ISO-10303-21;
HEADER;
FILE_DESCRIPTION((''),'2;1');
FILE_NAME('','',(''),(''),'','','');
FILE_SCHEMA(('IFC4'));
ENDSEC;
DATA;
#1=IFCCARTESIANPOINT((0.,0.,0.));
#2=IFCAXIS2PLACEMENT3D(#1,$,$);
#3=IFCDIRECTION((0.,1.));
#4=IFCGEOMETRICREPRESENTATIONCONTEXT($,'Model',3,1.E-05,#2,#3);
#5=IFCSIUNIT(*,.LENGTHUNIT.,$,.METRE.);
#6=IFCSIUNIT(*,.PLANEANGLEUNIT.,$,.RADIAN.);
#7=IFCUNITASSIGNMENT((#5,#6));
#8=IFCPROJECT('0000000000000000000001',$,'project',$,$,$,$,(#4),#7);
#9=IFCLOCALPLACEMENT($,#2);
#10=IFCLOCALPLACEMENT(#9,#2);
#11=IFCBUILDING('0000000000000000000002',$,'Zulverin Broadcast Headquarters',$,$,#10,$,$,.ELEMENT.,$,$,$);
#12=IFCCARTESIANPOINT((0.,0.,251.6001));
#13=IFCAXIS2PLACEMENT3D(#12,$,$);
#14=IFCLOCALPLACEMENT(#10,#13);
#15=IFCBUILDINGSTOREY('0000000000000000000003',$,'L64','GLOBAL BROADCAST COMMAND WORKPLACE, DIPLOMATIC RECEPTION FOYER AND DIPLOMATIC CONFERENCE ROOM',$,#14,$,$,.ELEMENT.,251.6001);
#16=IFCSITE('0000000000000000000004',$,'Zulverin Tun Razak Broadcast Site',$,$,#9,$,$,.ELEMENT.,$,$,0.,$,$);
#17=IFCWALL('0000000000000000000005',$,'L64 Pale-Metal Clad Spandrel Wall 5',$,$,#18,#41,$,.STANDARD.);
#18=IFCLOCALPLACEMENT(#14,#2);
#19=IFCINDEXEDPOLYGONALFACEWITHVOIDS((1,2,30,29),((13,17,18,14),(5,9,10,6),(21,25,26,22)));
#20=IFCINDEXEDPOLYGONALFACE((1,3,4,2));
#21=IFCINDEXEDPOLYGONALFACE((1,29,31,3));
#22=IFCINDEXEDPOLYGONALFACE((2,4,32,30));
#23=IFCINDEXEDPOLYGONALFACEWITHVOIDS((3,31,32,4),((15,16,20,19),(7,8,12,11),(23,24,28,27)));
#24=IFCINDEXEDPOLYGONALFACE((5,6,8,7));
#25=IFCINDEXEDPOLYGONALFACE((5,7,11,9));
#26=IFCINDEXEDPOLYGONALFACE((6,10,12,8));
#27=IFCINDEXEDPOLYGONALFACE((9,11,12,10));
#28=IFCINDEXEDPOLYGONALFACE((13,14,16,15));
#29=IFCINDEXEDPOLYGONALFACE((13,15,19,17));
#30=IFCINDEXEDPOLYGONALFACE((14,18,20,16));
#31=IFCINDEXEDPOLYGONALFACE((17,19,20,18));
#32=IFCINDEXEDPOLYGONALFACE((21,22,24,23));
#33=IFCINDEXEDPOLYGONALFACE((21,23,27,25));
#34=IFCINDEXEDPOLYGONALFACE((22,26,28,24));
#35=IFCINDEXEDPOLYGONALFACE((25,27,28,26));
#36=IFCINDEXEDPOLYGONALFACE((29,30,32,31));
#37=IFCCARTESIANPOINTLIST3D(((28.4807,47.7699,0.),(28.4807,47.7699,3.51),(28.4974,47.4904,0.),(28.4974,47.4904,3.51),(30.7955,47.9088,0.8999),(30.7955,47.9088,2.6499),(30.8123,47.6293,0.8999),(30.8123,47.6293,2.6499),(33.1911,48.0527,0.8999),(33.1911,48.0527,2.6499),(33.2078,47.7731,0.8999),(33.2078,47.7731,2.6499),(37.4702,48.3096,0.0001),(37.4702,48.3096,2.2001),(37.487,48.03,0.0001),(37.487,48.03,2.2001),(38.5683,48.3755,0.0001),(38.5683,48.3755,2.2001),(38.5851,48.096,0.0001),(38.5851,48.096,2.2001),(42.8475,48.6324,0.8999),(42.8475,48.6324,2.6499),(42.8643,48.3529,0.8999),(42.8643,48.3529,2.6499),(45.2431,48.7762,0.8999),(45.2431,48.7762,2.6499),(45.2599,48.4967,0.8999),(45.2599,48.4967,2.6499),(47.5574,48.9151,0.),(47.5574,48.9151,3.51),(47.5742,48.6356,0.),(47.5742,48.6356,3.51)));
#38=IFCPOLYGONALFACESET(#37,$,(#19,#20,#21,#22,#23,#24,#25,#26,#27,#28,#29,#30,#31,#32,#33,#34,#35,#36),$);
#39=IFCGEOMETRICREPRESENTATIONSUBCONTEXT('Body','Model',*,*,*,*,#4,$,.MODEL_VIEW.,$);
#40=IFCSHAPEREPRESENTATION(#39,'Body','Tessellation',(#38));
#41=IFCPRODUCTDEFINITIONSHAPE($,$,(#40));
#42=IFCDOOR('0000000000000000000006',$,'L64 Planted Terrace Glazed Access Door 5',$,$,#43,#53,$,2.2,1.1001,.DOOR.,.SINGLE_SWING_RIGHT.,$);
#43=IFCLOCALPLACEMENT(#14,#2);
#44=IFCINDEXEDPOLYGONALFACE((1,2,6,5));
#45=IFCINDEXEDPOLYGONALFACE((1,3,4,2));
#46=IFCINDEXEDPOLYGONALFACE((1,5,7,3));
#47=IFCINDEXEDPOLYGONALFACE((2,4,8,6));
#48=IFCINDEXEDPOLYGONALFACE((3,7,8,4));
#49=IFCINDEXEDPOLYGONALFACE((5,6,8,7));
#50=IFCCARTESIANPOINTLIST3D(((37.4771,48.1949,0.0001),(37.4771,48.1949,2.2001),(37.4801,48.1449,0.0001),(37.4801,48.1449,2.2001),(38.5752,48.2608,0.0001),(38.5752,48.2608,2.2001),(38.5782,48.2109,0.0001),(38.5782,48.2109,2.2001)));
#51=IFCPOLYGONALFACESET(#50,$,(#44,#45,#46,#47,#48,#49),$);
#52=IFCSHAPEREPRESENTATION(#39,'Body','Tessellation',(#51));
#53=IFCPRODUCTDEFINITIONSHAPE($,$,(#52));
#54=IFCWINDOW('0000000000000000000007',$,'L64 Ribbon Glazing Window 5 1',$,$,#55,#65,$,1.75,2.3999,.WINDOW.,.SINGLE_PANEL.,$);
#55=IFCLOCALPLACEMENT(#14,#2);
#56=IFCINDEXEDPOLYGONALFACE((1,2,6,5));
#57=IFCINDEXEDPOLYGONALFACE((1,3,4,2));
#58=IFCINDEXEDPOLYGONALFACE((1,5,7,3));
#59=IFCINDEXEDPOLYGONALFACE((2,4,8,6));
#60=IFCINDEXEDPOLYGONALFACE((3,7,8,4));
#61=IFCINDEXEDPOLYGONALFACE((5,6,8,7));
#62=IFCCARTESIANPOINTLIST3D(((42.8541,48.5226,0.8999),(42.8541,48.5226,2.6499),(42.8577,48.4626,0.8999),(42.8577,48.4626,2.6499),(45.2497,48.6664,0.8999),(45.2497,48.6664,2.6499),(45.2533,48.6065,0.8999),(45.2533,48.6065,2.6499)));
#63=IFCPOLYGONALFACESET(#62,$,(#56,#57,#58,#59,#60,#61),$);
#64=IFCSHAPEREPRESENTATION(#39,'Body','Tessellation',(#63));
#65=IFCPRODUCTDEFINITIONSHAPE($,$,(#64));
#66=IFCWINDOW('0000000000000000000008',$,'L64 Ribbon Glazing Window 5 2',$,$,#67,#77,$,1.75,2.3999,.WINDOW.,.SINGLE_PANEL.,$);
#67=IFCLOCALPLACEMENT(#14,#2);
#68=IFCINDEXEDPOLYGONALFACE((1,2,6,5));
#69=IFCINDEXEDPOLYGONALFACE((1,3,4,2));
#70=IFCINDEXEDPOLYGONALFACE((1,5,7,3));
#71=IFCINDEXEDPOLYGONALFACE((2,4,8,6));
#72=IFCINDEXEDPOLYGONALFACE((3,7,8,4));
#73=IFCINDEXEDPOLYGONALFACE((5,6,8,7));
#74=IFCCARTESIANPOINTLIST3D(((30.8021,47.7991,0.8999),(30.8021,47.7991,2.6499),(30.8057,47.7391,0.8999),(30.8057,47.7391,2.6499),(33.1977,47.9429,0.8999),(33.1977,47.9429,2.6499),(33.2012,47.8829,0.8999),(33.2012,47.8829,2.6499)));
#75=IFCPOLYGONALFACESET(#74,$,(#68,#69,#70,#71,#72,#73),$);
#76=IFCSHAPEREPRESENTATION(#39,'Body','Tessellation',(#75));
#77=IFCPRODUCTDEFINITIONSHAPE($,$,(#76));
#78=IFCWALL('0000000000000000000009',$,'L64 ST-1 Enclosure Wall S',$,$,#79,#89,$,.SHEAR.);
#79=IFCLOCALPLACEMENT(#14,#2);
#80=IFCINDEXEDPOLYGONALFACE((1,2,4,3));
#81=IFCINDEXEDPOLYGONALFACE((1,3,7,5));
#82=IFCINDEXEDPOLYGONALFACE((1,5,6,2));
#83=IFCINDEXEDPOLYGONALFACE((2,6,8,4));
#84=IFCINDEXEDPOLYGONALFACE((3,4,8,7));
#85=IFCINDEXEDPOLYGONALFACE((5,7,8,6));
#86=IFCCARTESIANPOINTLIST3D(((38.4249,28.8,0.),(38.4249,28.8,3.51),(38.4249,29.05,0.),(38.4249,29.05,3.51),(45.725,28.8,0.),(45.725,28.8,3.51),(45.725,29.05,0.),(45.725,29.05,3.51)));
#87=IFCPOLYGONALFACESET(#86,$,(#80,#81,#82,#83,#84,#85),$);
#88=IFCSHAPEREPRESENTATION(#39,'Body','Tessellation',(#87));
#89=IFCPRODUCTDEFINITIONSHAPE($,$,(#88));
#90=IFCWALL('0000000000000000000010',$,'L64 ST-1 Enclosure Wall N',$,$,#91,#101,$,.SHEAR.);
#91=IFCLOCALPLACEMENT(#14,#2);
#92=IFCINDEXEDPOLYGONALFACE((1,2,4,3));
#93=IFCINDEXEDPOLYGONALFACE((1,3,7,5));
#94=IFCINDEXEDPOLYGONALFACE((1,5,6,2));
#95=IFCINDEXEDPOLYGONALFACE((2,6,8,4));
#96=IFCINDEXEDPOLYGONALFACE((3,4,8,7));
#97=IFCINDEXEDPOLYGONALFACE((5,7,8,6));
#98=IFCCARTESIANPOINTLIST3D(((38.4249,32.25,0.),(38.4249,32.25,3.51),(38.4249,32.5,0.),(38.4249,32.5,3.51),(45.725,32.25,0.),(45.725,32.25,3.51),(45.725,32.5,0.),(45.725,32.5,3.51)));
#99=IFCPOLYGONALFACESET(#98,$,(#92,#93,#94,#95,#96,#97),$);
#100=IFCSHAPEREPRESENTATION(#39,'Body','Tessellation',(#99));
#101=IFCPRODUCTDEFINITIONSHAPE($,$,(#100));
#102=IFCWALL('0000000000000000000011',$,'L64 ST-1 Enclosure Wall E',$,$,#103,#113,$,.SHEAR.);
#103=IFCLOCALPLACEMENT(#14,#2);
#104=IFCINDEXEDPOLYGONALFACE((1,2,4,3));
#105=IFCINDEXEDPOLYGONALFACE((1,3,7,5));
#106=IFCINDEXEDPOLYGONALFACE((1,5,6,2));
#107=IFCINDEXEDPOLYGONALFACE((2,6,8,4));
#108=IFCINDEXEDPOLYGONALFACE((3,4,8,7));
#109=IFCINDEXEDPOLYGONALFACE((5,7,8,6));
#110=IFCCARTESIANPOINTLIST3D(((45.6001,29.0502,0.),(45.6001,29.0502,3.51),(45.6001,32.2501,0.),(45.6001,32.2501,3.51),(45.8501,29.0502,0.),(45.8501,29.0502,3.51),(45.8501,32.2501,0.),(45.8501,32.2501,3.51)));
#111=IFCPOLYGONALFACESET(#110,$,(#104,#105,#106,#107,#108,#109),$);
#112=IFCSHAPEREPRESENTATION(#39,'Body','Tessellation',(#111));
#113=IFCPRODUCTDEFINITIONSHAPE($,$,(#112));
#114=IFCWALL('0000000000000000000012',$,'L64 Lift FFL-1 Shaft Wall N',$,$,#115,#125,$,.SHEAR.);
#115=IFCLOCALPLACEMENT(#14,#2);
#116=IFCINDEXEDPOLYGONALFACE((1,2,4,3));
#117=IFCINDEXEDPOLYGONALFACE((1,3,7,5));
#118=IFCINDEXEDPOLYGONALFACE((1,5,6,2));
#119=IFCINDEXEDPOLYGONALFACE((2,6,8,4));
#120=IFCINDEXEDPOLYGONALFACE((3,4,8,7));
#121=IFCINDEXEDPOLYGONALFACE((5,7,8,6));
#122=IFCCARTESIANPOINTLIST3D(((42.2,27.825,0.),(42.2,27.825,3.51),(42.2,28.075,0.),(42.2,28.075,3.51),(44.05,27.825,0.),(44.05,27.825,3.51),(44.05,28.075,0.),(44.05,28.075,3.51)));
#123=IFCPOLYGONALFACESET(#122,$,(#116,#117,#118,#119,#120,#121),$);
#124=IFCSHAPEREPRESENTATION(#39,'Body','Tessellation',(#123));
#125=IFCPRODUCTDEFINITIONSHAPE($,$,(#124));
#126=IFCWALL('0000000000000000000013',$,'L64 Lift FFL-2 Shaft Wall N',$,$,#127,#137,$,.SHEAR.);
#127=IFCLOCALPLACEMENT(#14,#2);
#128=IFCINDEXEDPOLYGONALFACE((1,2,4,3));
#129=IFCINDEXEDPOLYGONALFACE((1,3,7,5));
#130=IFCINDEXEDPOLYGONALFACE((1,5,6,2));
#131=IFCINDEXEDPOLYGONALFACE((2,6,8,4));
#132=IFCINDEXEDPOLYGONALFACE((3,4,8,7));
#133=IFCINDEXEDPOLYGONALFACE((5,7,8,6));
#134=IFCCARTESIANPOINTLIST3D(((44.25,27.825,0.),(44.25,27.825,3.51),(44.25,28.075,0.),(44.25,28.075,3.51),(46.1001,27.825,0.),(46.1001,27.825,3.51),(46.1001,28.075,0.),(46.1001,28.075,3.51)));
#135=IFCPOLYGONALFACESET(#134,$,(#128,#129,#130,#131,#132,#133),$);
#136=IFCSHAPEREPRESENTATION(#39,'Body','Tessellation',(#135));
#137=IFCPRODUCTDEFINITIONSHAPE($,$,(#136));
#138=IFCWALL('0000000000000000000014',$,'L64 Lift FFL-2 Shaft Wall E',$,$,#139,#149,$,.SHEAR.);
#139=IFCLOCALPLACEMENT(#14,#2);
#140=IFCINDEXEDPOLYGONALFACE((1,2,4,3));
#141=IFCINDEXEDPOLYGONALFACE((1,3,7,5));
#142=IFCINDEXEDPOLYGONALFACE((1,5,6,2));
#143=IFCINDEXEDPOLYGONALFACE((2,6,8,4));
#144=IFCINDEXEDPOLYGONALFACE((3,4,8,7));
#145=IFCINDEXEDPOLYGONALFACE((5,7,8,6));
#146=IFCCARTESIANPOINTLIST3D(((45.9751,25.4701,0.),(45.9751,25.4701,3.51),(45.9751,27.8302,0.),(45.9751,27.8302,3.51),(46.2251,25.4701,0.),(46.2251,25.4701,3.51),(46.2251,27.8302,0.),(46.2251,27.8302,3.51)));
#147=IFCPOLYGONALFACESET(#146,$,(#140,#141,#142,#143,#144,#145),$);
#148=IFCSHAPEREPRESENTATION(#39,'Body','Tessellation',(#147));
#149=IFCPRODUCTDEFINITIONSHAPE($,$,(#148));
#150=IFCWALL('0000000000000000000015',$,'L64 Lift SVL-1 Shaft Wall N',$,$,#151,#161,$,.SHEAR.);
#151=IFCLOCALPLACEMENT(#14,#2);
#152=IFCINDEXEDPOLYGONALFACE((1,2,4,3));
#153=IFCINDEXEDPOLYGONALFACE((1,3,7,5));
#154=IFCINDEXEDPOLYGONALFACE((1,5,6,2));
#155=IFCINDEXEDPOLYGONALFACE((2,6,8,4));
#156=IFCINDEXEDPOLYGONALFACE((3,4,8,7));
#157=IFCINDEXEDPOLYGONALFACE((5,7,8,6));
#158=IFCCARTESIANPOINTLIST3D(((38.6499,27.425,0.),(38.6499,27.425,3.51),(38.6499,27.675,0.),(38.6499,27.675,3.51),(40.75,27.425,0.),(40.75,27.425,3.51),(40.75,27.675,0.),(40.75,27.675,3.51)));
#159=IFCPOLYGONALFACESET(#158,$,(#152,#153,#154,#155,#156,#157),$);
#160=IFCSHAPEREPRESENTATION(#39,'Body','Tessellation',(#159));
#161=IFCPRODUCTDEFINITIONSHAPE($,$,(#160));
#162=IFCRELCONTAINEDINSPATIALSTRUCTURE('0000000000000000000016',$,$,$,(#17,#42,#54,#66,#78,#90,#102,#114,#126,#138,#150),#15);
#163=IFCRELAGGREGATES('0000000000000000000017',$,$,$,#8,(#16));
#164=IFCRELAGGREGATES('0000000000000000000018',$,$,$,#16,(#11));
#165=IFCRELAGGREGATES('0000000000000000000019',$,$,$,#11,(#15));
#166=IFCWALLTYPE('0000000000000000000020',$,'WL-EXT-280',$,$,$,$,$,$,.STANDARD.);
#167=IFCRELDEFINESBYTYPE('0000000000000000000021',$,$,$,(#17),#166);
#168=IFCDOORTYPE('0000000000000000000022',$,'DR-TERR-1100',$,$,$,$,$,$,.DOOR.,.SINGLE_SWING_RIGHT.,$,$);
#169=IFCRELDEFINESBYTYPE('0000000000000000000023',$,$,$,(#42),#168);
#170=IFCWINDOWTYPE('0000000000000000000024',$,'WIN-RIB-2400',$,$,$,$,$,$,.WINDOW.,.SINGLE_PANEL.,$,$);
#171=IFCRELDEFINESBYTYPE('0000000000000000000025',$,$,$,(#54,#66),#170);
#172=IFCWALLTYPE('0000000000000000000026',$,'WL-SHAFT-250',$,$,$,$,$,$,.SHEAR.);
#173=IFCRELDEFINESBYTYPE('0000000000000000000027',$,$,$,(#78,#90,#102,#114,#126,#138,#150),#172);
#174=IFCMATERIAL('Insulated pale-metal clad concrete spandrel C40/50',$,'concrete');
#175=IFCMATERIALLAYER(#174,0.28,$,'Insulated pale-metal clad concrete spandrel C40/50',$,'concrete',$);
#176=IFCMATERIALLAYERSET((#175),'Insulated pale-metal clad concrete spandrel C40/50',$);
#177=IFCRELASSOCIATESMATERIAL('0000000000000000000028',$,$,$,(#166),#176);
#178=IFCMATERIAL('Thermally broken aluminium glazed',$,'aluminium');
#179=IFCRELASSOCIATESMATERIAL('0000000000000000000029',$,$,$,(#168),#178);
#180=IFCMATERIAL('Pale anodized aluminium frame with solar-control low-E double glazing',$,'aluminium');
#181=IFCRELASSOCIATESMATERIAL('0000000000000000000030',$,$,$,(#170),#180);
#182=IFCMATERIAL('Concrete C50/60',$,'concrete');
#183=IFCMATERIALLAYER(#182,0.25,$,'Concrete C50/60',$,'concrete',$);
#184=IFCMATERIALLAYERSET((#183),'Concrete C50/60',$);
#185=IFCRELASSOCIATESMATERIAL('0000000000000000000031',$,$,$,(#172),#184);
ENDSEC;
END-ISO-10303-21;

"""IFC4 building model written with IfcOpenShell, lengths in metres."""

from ifc_helpers import new_model, si_unit, direction, frame, frame_2d, origin, place, context, subcontext, project, spatial, rectangle, extrude, material, layer, layer_set, type_object, element, fill, save


model = new_model("IFC4")

# Units and contexts
model_context = context("Model", 3, precision=1e-05, world=origin(), true_north=direction((0.0, 1.0)))
body_context = subcontext(model_context, "Body", "Model", "MODEL_VIEW")
ifc_project = project(units=[si_unit("LENGTHUNIT", "METRE"), si_unit("PLANEANGLEUNIT", "RADIAN")], contexts=[model_context])

# Site, building, storey
site_placement = place(None, origin())
site = spatial("IfcSite", under=ifc_project, at=site_placement, Name="Zulverin Tun Razak Broadcast Site", CompositionType="ELEMENT", RefElevation=0.0)
building_placement = place(site_placement, origin())
building = spatial("IfcBuilding", under=site, at=building_placement, Name="Zulverin Broadcast Headquarters", CompositionType="ELEMENT")
storey_placement = place(building_placement, frame((0.0, 0.0, 251.6001)))
storey = spatial("IfcBuildingStorey", under=building, at=storey_placement, Name="L64", Description="GLOBAL BROADCAST COMMAND WORKPLACE, DIPLOMATIC RECEPTION FOYER AND DIPLOMATIC CONFERENCE ROOM", CompositionType="ELEMENT", Elevation=251.6001)

# Shared definitions
ifc_material_1 = material(Name="Concrete C50/60", Category="concrete")

# Wall, openings, door, windows
ifc_material_2 = material(Name="Insulated pale-metal clad concrete spandrel C40/50", Category="concrete")
ifc_layer_1 = layer(ifc_material_2, 0.28, Name="Insulated pale-metal clad concrete spandrel C40/50", Category="concrete")
ifc_layer_set_1 = layer_set([ifc_layer_1], Name="Insulated pale-metal clad concrete spandrel C40/50")
wall_type_1 = type_object("IfcWallType", Name="WL-EXT-280", PredefinedType="STANDARD", material=ifc_layer_set_1)
wall_1_placement = place(storey_placement, frame((47.5659, 48.7754, 0.0), z_axis=(0.0, 0.0, 1.0), x_axis=(-0.998203, -0.059927, 0.0)))
wall_1 = element("IfcWall", 1, at=wall_1_placement, inside=storey, type_object=wall_type_1, Name="L64 Pale-Metal Clad Spandrel Wall 5", PredefinedType="STANDARD", context=body_context, shape_type="SweptSolid", body=[
    extrude(rectangle(XDim=19.1111, YDim=0.28, at=frame_2d((9.5557, 0.0))), origin(), (0.0, 0.0, 1.0), 3.51),
])
opening_1_placement = place(wall_1_placement, frame((9.0054, 0.0, 0.0)))
opening_1 = element("IfcOpeningElement", 2, at=opening_1_placement, cuts=wall_1, PredefinedType="OPENING", context=body_context, shape_type="SweptSolid", body=[
    extrude(rectangle(XDim=1.1001, YDim=2.2, at=frame_2d((0.55, 1.1001))), frame((0.0, 0.1499, 0.0), z_axis=(0.0, -1.0, 0.0), x_axis=(1.0, 0.0, 0.0)), (0.0, 0.0, 1.0), 0.3),
])
opening_2_placement = place(wall_1_placement, frame((2.3186, 0.0, 0.8999)))
opening_2 = element("IfcOpeningElement", 3, at=opening_2_placement, cuts=wall_1, PredefinedType="OPENING", context=body_context, shape_type="SweptSolid", body=[
    extrude(rectangle(XDim=2.3999, YDim=1.75, at=frame_2d((1.2, 0.875))), frame((0.0, 0.1499, 0.0), z_axis=(0.0, -1.0, 0.0), x_axis=(1.0, 0.0, 0.0)), (0.0, 0.0, 1.0), 0.3),
])
opening_3_placement = place(wall_1_placement, frame((14.3923, 0.0, 0.8999)))
opening_3 = element("IfcOpeningElement", 4, at=opening_3_placement, cuts=wall_1, PredefinedType="OPENING", context=body_context, shape_type="SweptSolid", body=[
    extrude(rectangle(XDim=2.3999, YDim=1.75, at=frame_2d((1.2, 0.875))), frame((0.0, 0.1499, 0.0), z_axis=(0.0, -1.0, 0.0), x_axis=(1.0, 0.0, 0.0)), (0.0, 0.0, 1.0), 0.3),
])
ifc_material_3 = material(Name="Thermally broken aluminium glazed", Category="aluminium")
door_type_1 = type_object("IfcDoorType", Name="DR-TERR-1100", OperationType="SINGLE_SWING_RIGHT", PredefinedType="DOOR", material=ifc_material_3)
door_1_placement = place(opening_1_placement, origin())
door_1 = element("IfcDoor", 5, at=door_1_placement, inside=storey, type_object=door_type_1, Name="L64 Planted Terrace Glazed Access Door 5", OperationType="SINGLE_SWING_RIGHT", OverallHeight=2.2, OverallWidth=1.1001, PredefinedType="DOOR", context=body_context, shape_type="SweptSolid", body=[
    extrude(rectangle(XDim=1.1001, YDim=2.2, at=frame_2d((0.55, 1.1001))), frame((0.0, 0.0249, 0.0), z_axis=(0.0, -1.0, 0.0), x_axis=(1.0, 0.0, 0.0)), (0.0, 0.0, 1.0), 0.05),
])
fill(opening_1, door_1)
ifc_material_4 = material(Name="Pale anodized aluminium frame with solar-control low-E double glazing", Category="aluminium")
window_type = type_object("IfcWindowType", Name="WIN-RIB-2400", PartitioningType="SINGLE_PANEL", PredefinedType="WINDOW", material=ifc_material_4)
window_1_placement = place(opening_2_placement, origin())
window_1 = element("IfcWindow", 6, at=window_1_placement, inside=storey, type_object=window_type, Name="L64 Ribbon Glazing Window 5 1", OverallHeight=1.75, OverallWidth=2.3999, PartitioningType="SINGLE_PANEL", PredefinedType="WINDOW", context=body_context, shape_type="SweptSolid", body=[
    extrude(rectangle(XDim=2.3999, YDim=1.75, at=frame_2d((1.2, 0.875))), frame((0.0, 0.03, 0.0), z_axis=(0.0, -1.0, 0.0), x_axis=(1.0, 0.0, 0.0)), (0.0, 0.0, 1.0), 0.0601),
])
fill(opening_2, window_1)
window_2_placement = place(opening_3_placement, origin())
window_2 = element("IfcWindow", 7, at=window_2_placement, inside=storey, type_object=window_type, Name="L64 Ribbon Glazing Window 5 2", OverallHeight=1.75, OverallWidth=2.3999, PartitioningType="SINGLE_PANEL", PredefinedType="WINDOW", context=body_context, shape_type="SweptSolid", body=[
    extrude(rectangle(XDim=2.3999, YDim=1.75, at=frame_2d((1.2, 0.875))), frame((0.0, 0.03, 0.0), z_axis=(0.0, -1.0, 0.0), x_axis=(1.0, 0.0, 0.0)), (0.0, 0.0, 1.0), 0.0601),
])
fill(opening_3, window_2)

# Walls
ifc_layer_2 = layer(ifc_material_1, 0.25, Name="Concrete C50/60", Category="concrete")
ifc_layer_set_2 = layer_set([ifc_layer_2], Name="Concrete C50/60")
wall_type_2 = type_object("IfcWallType", Name="WL-SHAFT-250", PredefinedType="SHEAR", material=ifc_layer_set_2)
for number, where, z_axis, x_axis, name in (
    (8, (38.425, 28.925, 0.0), (0.0, 0.0, 1.0), (1.0, 0.0, 0.0), "L64 ST-1 Enclosure Wall S"),
    (9, (38.425, 32.375, 0.0), (0.0, 0.0, 1.0), (1.0, 0.0, 0.0), "L64 ST-1 Enclosure Wall N"),
):
    element("IfcWall", number, at=place(storey_placement, frame(where, z_axis=z_axis, x_axis=x_axis)), inside=storey, type_object=wall_type_2, Name=name, PredefinedType="SHEAR", context=body_context, shape_type="SweptSolid", body=[
        extrude(rectangle(XDim=7.3, YDim=0.25, at=frame_2d((3.6499, 0.0))), origin(), (0.0, 0.0, 1.0), 3.51),
    ])

# Walls
wall_2_placement = place(storey_placement, frame((45.7251, 29.05, 0.0), z_axis=(0.0, 0.0, 1.0), x_axis=(0.0, 1.0, 0.0)))
element("IfcWall", 10, at=wall_2_placement, inside=storey, type_object=wall_type_2, Name="L64 ST-1 Enclosure Wall E", PredefinedType="SHEAR", context=body_context, shape_type="SweptSolid", body=[
    extrude(rectangle(XDim=3.2, YDim=0.25, at=frame_2d((1.6001, 0.0))), origin(), (0.0, 0.0, 1.0), 3.51),
])
for number, where, z_axis, x_axis, name in (
    (11, (42.2, 27.95, 0.0), (0.0, 0.0, 1.0), (1.0, 0.0, 0.0), "L64 Lift FFL-1 Shaft Wall N"),
    (12, (44.25, 27.95, 0.0), (0.0, 0.0, 1.0), (1.0, 0.0, 0.0), "L64 Lift FFL-2 Shaft Wall N"),
):
    element("IfcWall", number, at=place(storey_placement, frame(where, z_axis=z_axis, x_axis=x_axis)), inside=storey, type_object=wall_type_2, Name=name, PredefinedType="SHEAR", context=body_context, shape_type="SweptSolid", body=[
        extrude(rectangle(XDim=1.8501, YDim=0.25, at=frame_2d((0.925, 0.0))), origin(), (0.0, 0.0, 1.0), 3.51),
    ])
wall_3_placement = place(storey_placement, frame((46.1001, 25.47, 0.0), z_axis=(0.0, 0.0, 1.0), x_axis=(0.0, 1.0, 0.0)))
element("IfcWall", 13, at=wall_3_placement, inside=storey, type_object=wall_type_2, Name="L64 Lift FFL-2 Shaft Wall E", PredefinedType="SHEAR", context=body_context, shape_type="SweptSolid", body=[
    extrude(rectangle(XDim=2.3601, YDim=0.25, at=frame_2d((1.1802, 0.0))), origin(), (0.0, 0.0, 1.0), 3.51),
])
wall_4_placement = place(storey_placement, frame((38.6499, 27.55, 0.0), z_axis=(0.0, 0.0, 1.0), x_axis=(1.0, 0.0, 0.0)))
element("IfcWall", 14, at=wall_4_placement, inside=storey, type_object=wall_type_2, Name="L64 Lift SVL-1 Shaft Wall N", PredefinedType="SHEAR", context=body_context, shape_type="SweptSolid", body=[
    extrude(rectangle(XDim=2.1001, YDim=0.25, at=frame_2d((1.05, 0.0))), origin(), (0.0, 0.0, 1.0), 3.51),
])

save(model, "model.ifc")
